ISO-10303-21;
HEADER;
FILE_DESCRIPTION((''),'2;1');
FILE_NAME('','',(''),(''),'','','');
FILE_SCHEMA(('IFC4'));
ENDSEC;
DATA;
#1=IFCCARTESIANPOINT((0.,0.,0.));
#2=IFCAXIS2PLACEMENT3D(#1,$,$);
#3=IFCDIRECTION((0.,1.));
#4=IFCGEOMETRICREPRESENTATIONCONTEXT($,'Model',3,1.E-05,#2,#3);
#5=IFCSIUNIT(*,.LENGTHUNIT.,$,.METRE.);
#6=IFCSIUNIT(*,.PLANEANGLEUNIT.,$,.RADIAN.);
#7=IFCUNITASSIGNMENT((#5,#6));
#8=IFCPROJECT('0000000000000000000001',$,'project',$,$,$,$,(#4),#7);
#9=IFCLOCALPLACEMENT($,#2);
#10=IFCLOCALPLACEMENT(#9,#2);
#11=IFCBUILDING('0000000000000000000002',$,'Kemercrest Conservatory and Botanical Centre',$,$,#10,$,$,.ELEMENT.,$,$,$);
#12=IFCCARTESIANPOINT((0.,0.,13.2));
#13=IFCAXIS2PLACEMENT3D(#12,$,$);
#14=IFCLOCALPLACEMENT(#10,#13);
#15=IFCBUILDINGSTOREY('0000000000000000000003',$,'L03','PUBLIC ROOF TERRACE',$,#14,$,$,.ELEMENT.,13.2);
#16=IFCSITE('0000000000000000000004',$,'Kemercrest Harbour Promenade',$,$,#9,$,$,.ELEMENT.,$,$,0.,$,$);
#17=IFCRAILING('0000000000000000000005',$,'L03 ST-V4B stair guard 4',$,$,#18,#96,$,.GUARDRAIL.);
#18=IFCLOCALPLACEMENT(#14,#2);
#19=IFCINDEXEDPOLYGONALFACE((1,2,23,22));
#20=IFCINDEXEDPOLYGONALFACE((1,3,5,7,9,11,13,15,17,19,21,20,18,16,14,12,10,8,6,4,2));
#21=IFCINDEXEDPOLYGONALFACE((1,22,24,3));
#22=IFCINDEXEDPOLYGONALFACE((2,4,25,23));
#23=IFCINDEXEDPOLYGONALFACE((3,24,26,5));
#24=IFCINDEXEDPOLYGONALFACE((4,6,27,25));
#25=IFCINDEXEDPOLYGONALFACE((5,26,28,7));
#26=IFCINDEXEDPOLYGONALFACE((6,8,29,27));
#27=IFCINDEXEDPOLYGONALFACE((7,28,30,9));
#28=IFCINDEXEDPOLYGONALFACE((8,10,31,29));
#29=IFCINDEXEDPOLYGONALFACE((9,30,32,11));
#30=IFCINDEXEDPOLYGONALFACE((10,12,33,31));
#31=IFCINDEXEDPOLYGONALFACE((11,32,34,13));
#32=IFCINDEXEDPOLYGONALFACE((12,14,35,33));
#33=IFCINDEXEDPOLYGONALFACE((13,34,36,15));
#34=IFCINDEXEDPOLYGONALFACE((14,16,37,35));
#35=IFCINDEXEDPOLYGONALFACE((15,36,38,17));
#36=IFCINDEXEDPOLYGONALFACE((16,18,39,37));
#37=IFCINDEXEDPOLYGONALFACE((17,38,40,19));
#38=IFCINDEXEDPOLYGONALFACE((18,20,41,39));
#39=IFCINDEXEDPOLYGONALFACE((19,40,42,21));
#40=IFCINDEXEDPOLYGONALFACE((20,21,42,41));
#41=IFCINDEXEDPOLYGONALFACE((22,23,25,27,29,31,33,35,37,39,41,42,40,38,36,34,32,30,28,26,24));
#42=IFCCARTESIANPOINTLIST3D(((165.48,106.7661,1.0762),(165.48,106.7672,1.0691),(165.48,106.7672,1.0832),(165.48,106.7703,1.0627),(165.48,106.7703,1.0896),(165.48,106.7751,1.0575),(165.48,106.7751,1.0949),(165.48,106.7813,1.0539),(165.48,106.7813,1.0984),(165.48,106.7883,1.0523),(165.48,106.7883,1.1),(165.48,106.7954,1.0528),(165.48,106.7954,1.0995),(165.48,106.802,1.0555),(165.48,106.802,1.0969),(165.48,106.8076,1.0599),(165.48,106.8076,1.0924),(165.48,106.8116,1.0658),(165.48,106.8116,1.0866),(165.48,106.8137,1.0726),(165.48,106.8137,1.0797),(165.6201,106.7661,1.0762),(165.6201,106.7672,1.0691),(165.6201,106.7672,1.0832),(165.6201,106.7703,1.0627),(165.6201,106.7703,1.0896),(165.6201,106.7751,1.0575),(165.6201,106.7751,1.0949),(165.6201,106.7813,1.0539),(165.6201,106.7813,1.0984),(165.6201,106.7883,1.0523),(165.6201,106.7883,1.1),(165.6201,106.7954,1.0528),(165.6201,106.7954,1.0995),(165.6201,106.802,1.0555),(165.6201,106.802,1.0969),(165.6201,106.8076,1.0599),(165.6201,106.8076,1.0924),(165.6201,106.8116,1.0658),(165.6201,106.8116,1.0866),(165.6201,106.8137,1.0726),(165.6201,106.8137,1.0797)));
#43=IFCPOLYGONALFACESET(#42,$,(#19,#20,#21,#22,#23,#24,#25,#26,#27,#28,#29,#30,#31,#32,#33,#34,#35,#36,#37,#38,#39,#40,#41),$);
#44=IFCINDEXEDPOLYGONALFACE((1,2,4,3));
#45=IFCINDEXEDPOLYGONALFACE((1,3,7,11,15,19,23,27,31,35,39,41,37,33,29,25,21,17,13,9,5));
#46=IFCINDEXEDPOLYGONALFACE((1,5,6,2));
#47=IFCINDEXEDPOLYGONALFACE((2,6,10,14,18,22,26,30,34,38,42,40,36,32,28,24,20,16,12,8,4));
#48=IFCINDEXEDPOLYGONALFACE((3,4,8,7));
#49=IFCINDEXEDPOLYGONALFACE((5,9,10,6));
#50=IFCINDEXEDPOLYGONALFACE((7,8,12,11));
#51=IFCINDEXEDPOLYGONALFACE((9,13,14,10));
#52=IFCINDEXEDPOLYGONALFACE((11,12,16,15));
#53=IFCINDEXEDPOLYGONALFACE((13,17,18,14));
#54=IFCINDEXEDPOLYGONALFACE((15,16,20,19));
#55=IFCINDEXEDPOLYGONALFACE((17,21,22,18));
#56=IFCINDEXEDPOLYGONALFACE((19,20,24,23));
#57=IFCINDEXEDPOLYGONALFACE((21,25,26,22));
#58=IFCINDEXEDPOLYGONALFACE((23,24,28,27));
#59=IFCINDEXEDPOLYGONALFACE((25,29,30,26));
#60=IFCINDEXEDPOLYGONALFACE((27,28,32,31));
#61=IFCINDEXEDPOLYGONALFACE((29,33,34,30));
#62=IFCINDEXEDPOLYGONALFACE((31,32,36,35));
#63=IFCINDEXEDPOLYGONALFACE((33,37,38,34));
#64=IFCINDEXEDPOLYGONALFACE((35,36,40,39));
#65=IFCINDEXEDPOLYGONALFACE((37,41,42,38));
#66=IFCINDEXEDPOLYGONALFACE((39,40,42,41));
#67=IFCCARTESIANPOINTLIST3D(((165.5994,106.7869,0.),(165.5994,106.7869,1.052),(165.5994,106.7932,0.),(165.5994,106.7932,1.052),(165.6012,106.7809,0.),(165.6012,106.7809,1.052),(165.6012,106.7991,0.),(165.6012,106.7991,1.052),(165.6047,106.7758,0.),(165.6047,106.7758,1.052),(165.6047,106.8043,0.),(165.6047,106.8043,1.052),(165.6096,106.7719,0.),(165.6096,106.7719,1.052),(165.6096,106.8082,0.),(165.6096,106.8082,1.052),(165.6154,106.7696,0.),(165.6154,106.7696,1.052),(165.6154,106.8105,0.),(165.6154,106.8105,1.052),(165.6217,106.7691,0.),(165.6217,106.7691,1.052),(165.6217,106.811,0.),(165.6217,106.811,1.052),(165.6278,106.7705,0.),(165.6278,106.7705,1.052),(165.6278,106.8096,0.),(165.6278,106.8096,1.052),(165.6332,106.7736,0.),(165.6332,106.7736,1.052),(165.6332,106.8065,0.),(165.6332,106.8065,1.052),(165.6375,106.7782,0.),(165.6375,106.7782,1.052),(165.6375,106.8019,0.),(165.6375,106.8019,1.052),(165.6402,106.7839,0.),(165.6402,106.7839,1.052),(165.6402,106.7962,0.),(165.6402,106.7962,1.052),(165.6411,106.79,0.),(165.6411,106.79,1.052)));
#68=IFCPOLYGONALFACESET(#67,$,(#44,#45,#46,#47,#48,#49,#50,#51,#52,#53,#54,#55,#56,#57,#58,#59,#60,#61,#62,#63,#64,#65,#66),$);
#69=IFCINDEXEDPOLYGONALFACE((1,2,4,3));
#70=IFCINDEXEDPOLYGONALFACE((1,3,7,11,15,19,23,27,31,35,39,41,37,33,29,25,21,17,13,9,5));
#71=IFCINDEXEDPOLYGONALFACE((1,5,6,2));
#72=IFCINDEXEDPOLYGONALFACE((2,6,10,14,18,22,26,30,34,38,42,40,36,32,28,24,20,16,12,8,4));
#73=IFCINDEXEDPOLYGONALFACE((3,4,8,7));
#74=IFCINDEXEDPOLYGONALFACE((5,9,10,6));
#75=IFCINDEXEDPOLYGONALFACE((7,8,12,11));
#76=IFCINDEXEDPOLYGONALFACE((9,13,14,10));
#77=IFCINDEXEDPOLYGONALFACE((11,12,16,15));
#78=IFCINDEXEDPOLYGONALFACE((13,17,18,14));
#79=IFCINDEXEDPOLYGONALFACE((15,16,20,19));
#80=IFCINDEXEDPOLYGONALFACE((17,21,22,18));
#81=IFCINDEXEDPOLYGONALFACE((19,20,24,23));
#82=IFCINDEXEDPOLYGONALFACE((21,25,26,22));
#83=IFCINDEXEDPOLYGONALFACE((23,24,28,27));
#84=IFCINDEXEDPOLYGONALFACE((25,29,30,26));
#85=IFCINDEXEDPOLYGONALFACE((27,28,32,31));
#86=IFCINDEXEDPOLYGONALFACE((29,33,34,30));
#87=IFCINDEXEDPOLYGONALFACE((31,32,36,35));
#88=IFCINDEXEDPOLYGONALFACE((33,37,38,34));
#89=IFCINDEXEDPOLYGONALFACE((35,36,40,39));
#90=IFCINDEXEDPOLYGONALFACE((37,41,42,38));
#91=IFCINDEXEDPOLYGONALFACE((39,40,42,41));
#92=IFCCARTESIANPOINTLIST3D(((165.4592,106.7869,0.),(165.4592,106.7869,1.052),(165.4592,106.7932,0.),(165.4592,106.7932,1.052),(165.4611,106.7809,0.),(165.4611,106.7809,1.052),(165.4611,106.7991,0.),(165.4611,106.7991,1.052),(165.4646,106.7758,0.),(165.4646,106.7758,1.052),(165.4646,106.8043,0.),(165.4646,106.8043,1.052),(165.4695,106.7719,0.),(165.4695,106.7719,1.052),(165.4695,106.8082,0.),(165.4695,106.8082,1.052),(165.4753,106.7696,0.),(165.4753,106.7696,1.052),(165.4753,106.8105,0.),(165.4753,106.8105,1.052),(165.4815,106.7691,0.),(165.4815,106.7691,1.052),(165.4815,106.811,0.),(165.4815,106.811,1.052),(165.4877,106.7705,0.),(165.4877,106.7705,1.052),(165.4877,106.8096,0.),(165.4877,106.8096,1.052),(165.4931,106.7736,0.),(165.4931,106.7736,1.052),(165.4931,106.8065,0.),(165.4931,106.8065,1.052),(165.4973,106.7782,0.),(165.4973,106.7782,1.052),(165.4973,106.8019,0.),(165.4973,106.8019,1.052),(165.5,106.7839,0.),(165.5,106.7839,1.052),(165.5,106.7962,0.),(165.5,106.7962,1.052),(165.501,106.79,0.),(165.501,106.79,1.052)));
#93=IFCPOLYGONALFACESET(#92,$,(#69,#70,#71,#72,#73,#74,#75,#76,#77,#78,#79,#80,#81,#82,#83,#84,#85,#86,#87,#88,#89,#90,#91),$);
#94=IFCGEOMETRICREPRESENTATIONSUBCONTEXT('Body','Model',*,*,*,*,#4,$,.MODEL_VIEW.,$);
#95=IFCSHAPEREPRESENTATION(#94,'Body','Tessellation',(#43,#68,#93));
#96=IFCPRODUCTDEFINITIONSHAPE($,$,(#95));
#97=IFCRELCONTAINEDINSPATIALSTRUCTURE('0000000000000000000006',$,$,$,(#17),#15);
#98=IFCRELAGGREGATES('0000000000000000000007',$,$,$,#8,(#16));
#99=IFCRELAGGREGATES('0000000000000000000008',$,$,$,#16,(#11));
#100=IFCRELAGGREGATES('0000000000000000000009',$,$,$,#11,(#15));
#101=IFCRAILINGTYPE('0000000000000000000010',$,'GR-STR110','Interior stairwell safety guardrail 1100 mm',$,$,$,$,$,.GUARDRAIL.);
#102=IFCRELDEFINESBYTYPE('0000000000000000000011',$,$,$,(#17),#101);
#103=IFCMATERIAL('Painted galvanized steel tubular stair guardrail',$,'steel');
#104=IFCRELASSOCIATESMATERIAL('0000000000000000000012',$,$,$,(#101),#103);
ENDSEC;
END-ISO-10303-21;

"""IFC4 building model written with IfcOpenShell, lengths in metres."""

from ifc_helpers import new_model, si_unit, direction, frame, origin, origin_2d, place, context, subcontext, project, spatial, circle, extrude, material, type_object, element, save


model = new_model("IFC4")

# Units and contexts
model_context = context("Model", 3, precision=1e-05, world=origin(), true_north=direction((0.0, 1.0)))
body_context = subcontext(model_context, "Body", "Model", "MODEL_VIEW")
ifc_project = project(units=[si_unit("LENGTHUNIT", "METRE"), si_unit("PLANEANGLEUNIT", "RADIAN")], contexts=[model_context])

# Site, building, storey
site_placement = place(None, origin())
site = spatial("IfcSite", under=ifc_project, at=site_placement, Name="Kemercrest Harbour Promenade", CompositionType="ELEMENT", RefElevation=0.0)
building_placement = place(site_placement, origin())
building = spatial("IfcBuilding", under=site, at=building_placement, Name="Kemercrest Conservatory and Botanical Centre", CompositionType="ELEMENT")
storey_placement = place(building_placement, frame((0.0, 0.0, 13.2)))
storey = spatial("IfcBuildingStorey", under=building, at=storey_placement, Name="L03", Description="PUBLIC ROOF TERRACE", CompositionType="ELEMENT", Elevation=13.2)

# Railing
ifc_material_1 = material(Name="Painted galvanized steel tubular stair guardrail", Category="steel")
railing_type_1 = type_object("IfcRailingType", Name="GR-STR110", Description="Interior stairwell safety guardrail 1100 mm", PredefinedType="GUARDRAIL", material=ifc_material_1)
railing_1_placement = place(storey_placement, frame((165.6201, 106.79, 0.0)))
element("IfcRailing", 1, at=railing_1_placement, inside=storey, type_object=railing_type_1, Name="L03 ST-V4B stair guard 4", PredefinedType="GUARDRAIL", context=body_context, shape_type="SweptSolid", body=[
    extrude(circle(Radius=0.0239, at=origin_2d()), frame((0.0, 0.0, 1.0762), z_axis=(-1.0, 0.0, 0.0), x_axis=(0.0, -1.0, 0.0)), (0.0, 0.0, 1.0), 0.1401),
    extrude(circle(Radius=0.021, at=origin_2d()), origin(), (0.0, 0.0, 1.0), 1.052),
    extrude(circle(Radius=0.021, at=origin_2d()), frame((-0.1401, 0.0, 0.0)), (0.0, 0.0, 1.0), 1.052),
])

save(model, "model.ifc")
